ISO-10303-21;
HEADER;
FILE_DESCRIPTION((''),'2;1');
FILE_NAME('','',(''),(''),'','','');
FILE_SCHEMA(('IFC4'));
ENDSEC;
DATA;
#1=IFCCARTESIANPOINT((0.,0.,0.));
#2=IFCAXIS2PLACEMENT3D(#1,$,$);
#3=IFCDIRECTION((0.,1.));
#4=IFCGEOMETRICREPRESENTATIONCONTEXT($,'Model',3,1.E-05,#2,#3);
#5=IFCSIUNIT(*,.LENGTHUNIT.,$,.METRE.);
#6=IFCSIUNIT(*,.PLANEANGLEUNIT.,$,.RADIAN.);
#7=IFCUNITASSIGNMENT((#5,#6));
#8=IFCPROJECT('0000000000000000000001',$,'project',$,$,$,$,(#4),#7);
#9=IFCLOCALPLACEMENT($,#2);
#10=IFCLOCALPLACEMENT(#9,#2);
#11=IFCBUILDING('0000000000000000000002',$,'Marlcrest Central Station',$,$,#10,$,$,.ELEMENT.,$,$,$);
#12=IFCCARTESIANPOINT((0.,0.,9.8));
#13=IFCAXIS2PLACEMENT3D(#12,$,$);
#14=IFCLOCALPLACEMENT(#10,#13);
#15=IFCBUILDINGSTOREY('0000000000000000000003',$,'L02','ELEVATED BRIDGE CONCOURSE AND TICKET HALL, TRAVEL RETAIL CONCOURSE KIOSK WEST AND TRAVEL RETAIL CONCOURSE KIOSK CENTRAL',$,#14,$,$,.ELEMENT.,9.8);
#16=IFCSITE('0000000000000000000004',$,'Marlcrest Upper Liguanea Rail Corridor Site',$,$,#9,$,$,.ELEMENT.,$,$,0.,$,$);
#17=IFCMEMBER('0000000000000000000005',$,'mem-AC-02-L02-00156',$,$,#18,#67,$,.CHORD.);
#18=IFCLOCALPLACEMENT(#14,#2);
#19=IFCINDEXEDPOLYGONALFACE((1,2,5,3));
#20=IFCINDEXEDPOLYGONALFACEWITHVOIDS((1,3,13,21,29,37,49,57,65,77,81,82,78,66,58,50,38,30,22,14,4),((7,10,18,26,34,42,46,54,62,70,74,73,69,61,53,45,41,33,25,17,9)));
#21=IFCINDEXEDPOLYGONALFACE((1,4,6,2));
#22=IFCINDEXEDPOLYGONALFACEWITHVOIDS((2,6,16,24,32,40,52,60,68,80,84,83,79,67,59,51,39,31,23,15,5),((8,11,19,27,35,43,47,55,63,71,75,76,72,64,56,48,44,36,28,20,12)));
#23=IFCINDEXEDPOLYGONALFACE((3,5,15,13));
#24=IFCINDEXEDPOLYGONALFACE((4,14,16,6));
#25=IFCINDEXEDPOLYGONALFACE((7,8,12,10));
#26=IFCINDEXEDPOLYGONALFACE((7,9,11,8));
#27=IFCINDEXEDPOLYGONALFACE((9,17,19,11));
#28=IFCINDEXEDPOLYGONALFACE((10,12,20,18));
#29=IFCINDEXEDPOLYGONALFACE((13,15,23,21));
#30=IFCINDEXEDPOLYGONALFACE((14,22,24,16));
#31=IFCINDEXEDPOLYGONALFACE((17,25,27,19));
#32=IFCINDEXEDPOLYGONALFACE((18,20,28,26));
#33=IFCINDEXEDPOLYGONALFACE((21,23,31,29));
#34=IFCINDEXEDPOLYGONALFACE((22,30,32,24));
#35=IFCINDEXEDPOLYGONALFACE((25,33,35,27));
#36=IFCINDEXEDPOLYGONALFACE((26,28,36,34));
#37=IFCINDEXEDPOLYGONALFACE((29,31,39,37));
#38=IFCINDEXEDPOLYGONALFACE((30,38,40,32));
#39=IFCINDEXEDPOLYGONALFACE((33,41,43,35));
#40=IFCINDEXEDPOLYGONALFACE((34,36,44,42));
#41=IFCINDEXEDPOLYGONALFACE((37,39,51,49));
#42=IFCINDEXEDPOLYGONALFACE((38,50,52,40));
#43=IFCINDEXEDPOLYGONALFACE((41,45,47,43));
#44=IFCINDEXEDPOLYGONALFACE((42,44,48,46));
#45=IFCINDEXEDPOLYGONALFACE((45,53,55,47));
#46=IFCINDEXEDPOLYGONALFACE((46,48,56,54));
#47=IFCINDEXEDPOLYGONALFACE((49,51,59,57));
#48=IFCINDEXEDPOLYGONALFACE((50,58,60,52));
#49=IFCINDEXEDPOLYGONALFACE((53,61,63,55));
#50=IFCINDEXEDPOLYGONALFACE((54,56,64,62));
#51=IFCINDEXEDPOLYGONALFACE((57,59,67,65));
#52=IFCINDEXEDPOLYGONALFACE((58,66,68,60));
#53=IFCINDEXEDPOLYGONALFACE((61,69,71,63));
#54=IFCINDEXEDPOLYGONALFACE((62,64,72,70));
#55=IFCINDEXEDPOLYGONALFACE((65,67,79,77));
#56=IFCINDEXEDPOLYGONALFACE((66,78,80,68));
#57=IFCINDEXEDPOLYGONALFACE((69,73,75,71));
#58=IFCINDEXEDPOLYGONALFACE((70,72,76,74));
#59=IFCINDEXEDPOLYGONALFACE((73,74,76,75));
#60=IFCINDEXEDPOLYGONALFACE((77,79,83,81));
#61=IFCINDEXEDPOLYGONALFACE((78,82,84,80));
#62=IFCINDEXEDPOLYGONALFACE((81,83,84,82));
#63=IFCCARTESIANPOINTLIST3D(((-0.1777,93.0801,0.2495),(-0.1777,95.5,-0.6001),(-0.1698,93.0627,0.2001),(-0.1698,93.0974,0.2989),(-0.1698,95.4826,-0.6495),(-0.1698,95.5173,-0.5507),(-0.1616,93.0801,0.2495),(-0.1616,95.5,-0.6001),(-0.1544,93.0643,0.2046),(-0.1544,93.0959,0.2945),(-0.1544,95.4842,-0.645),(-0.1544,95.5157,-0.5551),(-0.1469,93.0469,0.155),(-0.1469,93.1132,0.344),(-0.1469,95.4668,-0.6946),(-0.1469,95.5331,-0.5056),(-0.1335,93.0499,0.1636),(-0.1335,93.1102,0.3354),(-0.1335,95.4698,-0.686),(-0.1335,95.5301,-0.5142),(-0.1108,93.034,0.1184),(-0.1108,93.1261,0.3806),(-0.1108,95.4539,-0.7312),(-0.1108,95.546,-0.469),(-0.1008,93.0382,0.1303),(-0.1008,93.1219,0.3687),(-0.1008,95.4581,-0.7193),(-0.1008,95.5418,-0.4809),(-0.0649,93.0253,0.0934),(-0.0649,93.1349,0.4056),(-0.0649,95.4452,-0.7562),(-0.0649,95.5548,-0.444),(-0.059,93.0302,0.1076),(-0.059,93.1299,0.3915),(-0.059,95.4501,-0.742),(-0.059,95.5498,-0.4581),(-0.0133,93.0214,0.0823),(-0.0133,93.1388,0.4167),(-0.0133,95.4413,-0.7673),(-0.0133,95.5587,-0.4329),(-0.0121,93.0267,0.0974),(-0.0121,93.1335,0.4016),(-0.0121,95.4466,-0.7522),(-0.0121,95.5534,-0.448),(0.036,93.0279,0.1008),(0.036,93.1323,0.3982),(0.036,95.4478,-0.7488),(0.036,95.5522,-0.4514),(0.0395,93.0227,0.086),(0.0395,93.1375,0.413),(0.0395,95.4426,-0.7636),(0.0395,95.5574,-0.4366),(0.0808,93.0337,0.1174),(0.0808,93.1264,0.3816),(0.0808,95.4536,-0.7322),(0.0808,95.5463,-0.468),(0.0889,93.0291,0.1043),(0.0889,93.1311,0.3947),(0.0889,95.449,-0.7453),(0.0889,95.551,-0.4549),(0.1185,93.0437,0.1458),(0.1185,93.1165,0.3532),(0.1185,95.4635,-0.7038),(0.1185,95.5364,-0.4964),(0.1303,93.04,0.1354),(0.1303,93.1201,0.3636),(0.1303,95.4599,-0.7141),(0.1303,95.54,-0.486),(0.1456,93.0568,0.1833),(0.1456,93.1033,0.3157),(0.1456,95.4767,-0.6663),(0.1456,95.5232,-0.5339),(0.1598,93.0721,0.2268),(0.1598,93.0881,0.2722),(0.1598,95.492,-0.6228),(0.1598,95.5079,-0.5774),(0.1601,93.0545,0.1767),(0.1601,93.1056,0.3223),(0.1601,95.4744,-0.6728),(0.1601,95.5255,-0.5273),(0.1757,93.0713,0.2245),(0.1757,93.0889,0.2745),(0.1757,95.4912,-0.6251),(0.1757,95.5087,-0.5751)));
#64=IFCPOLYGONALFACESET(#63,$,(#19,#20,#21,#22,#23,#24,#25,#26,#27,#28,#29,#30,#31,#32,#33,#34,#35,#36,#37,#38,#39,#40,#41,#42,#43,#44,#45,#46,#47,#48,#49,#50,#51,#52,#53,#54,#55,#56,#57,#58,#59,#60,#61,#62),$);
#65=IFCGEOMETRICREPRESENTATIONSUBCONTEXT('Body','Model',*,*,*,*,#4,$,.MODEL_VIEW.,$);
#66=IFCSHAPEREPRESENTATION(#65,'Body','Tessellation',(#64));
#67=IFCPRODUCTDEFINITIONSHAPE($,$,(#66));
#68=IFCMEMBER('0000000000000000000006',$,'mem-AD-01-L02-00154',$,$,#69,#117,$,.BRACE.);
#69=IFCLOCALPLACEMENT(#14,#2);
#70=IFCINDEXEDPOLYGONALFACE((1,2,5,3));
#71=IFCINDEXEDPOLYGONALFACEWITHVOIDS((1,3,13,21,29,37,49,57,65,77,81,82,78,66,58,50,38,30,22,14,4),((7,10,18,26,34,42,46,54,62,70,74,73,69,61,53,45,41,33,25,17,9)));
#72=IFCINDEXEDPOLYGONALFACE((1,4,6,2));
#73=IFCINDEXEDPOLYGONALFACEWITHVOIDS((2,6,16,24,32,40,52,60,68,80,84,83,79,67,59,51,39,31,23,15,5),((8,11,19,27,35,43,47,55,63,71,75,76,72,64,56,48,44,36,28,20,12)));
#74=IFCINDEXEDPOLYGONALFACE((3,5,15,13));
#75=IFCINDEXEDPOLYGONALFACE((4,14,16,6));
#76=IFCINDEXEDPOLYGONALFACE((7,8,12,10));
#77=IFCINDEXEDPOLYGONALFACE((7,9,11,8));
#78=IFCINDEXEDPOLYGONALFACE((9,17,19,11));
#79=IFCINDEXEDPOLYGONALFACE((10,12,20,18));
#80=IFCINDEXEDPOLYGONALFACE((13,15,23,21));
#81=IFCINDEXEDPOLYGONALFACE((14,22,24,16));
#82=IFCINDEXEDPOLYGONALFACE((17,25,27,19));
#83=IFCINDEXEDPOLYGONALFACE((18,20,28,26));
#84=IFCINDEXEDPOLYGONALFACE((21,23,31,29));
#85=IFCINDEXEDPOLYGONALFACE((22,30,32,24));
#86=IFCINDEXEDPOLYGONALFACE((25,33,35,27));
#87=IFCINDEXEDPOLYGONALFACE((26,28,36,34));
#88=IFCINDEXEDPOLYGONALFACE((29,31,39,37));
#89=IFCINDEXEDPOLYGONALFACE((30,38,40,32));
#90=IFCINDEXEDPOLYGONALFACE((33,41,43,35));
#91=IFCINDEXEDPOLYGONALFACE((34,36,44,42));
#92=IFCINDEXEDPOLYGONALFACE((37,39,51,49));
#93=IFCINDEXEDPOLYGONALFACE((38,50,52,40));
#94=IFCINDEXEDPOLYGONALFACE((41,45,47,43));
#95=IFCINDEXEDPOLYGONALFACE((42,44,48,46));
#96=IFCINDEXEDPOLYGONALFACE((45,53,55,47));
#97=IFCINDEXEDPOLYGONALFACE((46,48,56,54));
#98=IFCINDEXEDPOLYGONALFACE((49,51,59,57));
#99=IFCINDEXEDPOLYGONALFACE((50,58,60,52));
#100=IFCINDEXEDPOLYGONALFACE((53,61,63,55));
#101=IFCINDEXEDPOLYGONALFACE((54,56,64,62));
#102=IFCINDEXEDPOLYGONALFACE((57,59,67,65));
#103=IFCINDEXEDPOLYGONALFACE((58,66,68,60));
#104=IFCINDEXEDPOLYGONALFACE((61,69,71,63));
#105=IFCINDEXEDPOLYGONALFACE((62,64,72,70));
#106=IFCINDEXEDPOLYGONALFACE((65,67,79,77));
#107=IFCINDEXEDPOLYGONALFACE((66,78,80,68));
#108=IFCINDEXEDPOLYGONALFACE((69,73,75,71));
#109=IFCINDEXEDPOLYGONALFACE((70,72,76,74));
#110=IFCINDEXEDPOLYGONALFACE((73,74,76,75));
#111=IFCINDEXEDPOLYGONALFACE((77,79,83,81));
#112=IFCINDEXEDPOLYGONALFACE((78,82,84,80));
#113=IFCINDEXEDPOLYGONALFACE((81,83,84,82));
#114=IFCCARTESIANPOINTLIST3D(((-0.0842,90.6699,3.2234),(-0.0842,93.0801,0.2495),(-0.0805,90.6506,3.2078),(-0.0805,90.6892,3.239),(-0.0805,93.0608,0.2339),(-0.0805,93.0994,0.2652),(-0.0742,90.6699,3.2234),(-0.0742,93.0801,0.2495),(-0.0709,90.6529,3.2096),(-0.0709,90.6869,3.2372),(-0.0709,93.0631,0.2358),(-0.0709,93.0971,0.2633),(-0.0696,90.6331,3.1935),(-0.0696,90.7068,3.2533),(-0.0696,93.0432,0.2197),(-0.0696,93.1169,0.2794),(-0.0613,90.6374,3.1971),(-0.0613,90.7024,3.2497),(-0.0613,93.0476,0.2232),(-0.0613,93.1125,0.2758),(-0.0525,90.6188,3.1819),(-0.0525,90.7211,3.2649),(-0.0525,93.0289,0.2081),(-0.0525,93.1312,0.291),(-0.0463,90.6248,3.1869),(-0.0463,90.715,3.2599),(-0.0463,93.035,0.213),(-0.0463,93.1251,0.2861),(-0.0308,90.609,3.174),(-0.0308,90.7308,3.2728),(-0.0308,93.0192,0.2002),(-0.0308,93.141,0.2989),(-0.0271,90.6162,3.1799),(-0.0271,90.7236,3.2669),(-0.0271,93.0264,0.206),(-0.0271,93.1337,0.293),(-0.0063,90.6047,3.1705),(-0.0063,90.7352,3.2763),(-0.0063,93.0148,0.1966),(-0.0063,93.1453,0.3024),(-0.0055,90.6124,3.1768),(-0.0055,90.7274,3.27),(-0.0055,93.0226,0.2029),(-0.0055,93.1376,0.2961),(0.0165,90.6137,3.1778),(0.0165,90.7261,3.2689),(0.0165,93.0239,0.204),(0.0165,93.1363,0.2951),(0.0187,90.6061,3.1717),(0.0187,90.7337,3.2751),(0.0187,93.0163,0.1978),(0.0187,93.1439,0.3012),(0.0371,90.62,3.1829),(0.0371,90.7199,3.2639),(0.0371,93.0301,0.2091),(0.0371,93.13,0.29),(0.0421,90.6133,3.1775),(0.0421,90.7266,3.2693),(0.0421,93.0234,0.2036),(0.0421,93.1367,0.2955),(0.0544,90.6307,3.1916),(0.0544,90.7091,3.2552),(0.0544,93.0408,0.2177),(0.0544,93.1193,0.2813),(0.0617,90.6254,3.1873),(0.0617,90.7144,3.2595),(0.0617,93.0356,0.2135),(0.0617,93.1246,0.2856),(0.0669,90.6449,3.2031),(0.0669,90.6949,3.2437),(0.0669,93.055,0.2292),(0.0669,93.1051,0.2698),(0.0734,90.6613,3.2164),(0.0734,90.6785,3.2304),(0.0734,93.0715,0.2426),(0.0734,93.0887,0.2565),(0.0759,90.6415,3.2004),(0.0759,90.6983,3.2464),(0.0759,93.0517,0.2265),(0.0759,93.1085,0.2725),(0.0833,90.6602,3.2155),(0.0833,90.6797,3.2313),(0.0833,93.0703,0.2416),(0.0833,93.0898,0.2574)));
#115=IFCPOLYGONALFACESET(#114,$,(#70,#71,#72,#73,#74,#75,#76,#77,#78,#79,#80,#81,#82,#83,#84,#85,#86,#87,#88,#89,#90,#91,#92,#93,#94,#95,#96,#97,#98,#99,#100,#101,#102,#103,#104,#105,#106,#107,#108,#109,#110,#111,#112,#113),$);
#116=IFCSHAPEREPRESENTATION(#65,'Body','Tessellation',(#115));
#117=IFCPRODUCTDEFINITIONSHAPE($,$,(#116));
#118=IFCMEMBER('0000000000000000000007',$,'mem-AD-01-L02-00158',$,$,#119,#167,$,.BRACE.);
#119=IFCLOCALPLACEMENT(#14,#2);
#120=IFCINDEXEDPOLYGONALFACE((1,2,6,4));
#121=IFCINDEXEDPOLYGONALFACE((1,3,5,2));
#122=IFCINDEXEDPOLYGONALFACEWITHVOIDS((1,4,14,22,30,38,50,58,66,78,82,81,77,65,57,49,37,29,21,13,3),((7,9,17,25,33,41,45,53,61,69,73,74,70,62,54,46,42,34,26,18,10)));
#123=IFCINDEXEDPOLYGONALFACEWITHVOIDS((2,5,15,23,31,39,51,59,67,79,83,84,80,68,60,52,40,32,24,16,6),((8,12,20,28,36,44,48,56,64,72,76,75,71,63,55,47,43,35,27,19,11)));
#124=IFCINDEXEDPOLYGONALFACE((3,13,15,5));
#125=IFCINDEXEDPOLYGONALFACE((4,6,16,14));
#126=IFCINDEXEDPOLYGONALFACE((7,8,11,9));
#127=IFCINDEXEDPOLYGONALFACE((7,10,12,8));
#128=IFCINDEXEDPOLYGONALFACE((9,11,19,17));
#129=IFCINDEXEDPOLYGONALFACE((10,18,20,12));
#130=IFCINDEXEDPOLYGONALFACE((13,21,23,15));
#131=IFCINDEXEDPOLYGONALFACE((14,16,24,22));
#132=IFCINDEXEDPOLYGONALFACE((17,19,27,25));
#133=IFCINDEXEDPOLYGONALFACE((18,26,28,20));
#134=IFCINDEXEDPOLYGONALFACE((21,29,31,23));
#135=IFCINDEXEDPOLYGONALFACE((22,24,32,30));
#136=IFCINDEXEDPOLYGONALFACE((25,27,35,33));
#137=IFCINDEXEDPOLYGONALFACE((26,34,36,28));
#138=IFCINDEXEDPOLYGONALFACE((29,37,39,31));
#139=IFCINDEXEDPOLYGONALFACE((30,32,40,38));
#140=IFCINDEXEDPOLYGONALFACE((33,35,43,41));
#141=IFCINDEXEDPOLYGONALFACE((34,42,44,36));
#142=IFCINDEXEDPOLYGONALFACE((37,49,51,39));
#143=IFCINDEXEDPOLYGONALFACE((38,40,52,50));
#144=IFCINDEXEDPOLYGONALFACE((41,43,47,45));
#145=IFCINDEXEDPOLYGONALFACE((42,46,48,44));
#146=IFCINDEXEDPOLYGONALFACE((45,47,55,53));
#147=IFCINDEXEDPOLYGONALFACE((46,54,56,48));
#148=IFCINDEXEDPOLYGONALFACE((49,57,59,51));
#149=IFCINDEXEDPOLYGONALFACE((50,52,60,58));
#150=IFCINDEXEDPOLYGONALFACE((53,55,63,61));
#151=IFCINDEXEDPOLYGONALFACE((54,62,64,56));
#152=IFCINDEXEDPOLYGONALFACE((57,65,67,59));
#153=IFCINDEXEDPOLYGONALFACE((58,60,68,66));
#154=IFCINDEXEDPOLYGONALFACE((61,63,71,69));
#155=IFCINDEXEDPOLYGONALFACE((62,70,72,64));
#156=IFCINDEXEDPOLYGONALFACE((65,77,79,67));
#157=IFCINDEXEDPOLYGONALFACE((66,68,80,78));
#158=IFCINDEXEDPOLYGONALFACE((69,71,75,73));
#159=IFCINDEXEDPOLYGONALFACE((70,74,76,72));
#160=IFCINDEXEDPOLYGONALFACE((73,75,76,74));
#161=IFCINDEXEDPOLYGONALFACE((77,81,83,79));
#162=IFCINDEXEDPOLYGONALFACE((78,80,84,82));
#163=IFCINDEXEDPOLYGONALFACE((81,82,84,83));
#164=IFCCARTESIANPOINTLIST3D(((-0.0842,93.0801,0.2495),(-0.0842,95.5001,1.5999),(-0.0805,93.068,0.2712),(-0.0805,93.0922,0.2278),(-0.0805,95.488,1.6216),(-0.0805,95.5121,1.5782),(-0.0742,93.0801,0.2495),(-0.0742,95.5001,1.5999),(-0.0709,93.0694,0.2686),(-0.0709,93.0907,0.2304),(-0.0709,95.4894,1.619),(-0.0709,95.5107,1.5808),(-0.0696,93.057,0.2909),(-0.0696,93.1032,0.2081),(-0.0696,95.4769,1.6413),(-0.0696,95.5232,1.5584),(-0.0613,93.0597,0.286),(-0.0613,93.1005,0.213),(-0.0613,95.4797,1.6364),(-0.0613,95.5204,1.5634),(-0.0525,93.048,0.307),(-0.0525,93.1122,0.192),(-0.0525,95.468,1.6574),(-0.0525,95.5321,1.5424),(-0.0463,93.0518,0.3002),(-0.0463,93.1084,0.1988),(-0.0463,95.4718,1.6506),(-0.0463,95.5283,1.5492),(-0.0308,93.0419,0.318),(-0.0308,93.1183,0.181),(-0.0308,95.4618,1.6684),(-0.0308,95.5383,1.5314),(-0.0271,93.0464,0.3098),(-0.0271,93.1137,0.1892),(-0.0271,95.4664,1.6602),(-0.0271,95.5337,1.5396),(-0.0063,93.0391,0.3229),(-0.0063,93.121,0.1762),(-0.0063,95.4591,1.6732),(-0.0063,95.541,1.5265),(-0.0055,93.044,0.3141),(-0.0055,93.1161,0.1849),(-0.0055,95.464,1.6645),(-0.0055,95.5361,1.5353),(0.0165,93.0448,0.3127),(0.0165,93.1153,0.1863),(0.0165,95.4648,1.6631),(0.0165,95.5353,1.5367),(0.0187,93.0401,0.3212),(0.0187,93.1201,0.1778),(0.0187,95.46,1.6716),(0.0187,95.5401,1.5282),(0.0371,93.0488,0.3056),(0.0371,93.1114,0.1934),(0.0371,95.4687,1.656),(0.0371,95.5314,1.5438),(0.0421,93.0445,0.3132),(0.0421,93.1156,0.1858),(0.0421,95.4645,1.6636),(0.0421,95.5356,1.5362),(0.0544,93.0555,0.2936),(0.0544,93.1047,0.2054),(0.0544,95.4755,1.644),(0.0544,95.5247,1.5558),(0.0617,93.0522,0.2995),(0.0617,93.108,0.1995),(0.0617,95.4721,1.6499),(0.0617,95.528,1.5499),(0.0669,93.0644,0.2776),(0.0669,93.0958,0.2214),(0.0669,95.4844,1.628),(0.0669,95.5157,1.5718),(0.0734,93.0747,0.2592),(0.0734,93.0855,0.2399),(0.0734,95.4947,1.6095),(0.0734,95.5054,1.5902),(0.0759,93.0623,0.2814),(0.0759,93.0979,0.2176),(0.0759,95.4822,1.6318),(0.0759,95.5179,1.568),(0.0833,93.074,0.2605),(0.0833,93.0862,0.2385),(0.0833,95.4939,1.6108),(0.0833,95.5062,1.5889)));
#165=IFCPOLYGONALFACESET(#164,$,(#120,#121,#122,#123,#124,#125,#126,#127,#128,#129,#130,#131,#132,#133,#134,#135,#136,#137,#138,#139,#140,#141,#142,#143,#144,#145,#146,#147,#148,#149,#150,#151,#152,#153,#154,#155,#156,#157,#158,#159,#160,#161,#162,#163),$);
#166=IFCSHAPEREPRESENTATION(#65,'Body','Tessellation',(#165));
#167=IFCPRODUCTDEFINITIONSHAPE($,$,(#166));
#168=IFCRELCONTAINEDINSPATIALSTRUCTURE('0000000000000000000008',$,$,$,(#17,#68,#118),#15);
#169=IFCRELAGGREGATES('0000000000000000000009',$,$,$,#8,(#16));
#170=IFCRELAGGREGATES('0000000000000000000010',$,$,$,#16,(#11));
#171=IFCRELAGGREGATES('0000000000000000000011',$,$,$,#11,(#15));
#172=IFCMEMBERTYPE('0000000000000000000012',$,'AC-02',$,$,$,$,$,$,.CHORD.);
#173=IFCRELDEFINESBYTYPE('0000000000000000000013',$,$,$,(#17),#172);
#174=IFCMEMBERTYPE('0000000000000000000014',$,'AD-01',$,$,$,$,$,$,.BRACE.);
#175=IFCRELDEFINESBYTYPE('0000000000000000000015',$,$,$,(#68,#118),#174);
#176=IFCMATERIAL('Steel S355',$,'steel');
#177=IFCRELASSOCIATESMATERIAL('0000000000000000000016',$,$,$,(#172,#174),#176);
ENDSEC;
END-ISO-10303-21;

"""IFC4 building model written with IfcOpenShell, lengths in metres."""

from ifc_helpers import new_model, si_unit, direction, frame, origin, origin_2d, place, context, subcontext, project, spatial, hollow_circle, extrude, material, material_profile, profile_set, type_object, element, save


model = new_model("IFC4")

# Units and contexts
model_context = context("Model", 3, precision=1e-05, world=origin(), true_north=direction((0.0, 1.0)))
body_context = subcontext(model_context, "Body", "Model", "MODEL_VIEW")
ifc_project = project(units=[si_unit("LENGTHUNIT", "METRE"), si_unit("PLANEANGLEUNIT", "RADIAN")], contexts=[model_context])

# Site, building, storey
site_placement = place(None, origin())
site = spatial("IfcSite", under=ifc_project, at=site_placement, Name="Marlcrest Upper Liguanea Rail Corridor Site", CompositionType="ELEMENT", RefElevation=0.0)
building_placement = place(site_placement, origin())
building = spatial("IfcBuilding", under=site, at=building_placement, Name="Marlcrest Central Station", CompositionType="ELEMENT")
storey_placement = place(building_placement, frame((0.0, 0.0, 9.8)))
storey = spatial("IfcBuildingStorey", under=building, at=storey_placement, Name="L02", Description="ELEVATED BRIDGE CONCOURSE AND TICKET HALL, TRAVEL RETAIL CONCOURSE KIOSK WEST AND TRAVEL RETAIL CONCOURSE KIOSK CENTRAL", CompositionType="ELEMENT", Elevation=9.8)

# Members
ifc_material = material(Name="Steel S355", Category="steel")
ifc_material_profile_1 = material_profile(ifc_material, hollow_circle(Radius=0.1777, WallThickness=0.0161, at=origin_2d()), Name="CHS 355.6x16")
ifc_profile_set_1 = profile_set([ifc_material_profile_1], Name="Steel S355")
member_type_1 = type_object("IfcMemberType", Name="AC-02", PredefinedType="CHORD", material=ifc_profile_set_1)
member_1_placement = place(storey_placement, frame((0.0, 93.0801, 0.2495), z_axis=(0.0, 0.943537, -0.331266), x_axis=(-1.0, 0.0, 0.0)))
element("IfcMember", 1, at=member_1_placement, inside=storey, type_object=member_type_1, Name="mem-AC-02-L02-00156", PredefinedType="CHORD", context=body_context, shape_type="SweptSolid", body=[
    extrude(hollow_circle(Radius=0.1777, WallThickness=0.0161, at=origin_2d()), origin(), (0.0, 0.0, 1.0), 2.5647),
])
ifc_material_profile_2 = material_profile(ifc_material, hollow_circle(Radius=0.0842, WallThickness=0.01, at=origin_2d()), Name="CHS 168.3x10")
ifc_profile_set_2 = profile_set([ifc_material_profile_2], Name="Steel S355")
member_type_2 = type_object("IfcMemberType", Name="AD-01", PredefinedType="BRACE", material=ifc_profile_set_2)
member_2_placement = place(storey_placement, frame((0.0, 90.6699, 3.2234), z_axis=(0.0, 0.629629, -0.776896), x_axis=(-1.0, 0.0, 0.0)))
element("IfcMember", 2, at=member_2_placement, inside=storey, type_object=member_type_2, Name="mem-AD-01-L02-00154", PredefinedType="BRACE", context=body_context, shape_type="SweptSolid", body=[
    extrude(hollow_circle(Radius=0.0842, WallThickness=0.01, at=origin_2d()), origin(), (0.0, 0.0, 1.0), 3.8279),
])
member_3_placement = place(storey_placement, frame((0.0, 93.0801, 0.2495), z_axis=(0.0, 0.873246, 0.48728), x_axis=(-1.0, 0.0, 0.0)))
element("IfcMember", 3, at=member_3_placement, inside=storey, type_object=member_type_2, Name="mem-AD-01-L02-00158", PredefinedType="BRACE", context=body_context, shape_type="SweptSolid", body=[
    extrude(hollow_circle(Radius=0.0842, WallThickness=0.01, at=origin_2d()), origin(), (0.0, 0.0, 1.0), 2.7712),
])

save(model, "model.ifc")
